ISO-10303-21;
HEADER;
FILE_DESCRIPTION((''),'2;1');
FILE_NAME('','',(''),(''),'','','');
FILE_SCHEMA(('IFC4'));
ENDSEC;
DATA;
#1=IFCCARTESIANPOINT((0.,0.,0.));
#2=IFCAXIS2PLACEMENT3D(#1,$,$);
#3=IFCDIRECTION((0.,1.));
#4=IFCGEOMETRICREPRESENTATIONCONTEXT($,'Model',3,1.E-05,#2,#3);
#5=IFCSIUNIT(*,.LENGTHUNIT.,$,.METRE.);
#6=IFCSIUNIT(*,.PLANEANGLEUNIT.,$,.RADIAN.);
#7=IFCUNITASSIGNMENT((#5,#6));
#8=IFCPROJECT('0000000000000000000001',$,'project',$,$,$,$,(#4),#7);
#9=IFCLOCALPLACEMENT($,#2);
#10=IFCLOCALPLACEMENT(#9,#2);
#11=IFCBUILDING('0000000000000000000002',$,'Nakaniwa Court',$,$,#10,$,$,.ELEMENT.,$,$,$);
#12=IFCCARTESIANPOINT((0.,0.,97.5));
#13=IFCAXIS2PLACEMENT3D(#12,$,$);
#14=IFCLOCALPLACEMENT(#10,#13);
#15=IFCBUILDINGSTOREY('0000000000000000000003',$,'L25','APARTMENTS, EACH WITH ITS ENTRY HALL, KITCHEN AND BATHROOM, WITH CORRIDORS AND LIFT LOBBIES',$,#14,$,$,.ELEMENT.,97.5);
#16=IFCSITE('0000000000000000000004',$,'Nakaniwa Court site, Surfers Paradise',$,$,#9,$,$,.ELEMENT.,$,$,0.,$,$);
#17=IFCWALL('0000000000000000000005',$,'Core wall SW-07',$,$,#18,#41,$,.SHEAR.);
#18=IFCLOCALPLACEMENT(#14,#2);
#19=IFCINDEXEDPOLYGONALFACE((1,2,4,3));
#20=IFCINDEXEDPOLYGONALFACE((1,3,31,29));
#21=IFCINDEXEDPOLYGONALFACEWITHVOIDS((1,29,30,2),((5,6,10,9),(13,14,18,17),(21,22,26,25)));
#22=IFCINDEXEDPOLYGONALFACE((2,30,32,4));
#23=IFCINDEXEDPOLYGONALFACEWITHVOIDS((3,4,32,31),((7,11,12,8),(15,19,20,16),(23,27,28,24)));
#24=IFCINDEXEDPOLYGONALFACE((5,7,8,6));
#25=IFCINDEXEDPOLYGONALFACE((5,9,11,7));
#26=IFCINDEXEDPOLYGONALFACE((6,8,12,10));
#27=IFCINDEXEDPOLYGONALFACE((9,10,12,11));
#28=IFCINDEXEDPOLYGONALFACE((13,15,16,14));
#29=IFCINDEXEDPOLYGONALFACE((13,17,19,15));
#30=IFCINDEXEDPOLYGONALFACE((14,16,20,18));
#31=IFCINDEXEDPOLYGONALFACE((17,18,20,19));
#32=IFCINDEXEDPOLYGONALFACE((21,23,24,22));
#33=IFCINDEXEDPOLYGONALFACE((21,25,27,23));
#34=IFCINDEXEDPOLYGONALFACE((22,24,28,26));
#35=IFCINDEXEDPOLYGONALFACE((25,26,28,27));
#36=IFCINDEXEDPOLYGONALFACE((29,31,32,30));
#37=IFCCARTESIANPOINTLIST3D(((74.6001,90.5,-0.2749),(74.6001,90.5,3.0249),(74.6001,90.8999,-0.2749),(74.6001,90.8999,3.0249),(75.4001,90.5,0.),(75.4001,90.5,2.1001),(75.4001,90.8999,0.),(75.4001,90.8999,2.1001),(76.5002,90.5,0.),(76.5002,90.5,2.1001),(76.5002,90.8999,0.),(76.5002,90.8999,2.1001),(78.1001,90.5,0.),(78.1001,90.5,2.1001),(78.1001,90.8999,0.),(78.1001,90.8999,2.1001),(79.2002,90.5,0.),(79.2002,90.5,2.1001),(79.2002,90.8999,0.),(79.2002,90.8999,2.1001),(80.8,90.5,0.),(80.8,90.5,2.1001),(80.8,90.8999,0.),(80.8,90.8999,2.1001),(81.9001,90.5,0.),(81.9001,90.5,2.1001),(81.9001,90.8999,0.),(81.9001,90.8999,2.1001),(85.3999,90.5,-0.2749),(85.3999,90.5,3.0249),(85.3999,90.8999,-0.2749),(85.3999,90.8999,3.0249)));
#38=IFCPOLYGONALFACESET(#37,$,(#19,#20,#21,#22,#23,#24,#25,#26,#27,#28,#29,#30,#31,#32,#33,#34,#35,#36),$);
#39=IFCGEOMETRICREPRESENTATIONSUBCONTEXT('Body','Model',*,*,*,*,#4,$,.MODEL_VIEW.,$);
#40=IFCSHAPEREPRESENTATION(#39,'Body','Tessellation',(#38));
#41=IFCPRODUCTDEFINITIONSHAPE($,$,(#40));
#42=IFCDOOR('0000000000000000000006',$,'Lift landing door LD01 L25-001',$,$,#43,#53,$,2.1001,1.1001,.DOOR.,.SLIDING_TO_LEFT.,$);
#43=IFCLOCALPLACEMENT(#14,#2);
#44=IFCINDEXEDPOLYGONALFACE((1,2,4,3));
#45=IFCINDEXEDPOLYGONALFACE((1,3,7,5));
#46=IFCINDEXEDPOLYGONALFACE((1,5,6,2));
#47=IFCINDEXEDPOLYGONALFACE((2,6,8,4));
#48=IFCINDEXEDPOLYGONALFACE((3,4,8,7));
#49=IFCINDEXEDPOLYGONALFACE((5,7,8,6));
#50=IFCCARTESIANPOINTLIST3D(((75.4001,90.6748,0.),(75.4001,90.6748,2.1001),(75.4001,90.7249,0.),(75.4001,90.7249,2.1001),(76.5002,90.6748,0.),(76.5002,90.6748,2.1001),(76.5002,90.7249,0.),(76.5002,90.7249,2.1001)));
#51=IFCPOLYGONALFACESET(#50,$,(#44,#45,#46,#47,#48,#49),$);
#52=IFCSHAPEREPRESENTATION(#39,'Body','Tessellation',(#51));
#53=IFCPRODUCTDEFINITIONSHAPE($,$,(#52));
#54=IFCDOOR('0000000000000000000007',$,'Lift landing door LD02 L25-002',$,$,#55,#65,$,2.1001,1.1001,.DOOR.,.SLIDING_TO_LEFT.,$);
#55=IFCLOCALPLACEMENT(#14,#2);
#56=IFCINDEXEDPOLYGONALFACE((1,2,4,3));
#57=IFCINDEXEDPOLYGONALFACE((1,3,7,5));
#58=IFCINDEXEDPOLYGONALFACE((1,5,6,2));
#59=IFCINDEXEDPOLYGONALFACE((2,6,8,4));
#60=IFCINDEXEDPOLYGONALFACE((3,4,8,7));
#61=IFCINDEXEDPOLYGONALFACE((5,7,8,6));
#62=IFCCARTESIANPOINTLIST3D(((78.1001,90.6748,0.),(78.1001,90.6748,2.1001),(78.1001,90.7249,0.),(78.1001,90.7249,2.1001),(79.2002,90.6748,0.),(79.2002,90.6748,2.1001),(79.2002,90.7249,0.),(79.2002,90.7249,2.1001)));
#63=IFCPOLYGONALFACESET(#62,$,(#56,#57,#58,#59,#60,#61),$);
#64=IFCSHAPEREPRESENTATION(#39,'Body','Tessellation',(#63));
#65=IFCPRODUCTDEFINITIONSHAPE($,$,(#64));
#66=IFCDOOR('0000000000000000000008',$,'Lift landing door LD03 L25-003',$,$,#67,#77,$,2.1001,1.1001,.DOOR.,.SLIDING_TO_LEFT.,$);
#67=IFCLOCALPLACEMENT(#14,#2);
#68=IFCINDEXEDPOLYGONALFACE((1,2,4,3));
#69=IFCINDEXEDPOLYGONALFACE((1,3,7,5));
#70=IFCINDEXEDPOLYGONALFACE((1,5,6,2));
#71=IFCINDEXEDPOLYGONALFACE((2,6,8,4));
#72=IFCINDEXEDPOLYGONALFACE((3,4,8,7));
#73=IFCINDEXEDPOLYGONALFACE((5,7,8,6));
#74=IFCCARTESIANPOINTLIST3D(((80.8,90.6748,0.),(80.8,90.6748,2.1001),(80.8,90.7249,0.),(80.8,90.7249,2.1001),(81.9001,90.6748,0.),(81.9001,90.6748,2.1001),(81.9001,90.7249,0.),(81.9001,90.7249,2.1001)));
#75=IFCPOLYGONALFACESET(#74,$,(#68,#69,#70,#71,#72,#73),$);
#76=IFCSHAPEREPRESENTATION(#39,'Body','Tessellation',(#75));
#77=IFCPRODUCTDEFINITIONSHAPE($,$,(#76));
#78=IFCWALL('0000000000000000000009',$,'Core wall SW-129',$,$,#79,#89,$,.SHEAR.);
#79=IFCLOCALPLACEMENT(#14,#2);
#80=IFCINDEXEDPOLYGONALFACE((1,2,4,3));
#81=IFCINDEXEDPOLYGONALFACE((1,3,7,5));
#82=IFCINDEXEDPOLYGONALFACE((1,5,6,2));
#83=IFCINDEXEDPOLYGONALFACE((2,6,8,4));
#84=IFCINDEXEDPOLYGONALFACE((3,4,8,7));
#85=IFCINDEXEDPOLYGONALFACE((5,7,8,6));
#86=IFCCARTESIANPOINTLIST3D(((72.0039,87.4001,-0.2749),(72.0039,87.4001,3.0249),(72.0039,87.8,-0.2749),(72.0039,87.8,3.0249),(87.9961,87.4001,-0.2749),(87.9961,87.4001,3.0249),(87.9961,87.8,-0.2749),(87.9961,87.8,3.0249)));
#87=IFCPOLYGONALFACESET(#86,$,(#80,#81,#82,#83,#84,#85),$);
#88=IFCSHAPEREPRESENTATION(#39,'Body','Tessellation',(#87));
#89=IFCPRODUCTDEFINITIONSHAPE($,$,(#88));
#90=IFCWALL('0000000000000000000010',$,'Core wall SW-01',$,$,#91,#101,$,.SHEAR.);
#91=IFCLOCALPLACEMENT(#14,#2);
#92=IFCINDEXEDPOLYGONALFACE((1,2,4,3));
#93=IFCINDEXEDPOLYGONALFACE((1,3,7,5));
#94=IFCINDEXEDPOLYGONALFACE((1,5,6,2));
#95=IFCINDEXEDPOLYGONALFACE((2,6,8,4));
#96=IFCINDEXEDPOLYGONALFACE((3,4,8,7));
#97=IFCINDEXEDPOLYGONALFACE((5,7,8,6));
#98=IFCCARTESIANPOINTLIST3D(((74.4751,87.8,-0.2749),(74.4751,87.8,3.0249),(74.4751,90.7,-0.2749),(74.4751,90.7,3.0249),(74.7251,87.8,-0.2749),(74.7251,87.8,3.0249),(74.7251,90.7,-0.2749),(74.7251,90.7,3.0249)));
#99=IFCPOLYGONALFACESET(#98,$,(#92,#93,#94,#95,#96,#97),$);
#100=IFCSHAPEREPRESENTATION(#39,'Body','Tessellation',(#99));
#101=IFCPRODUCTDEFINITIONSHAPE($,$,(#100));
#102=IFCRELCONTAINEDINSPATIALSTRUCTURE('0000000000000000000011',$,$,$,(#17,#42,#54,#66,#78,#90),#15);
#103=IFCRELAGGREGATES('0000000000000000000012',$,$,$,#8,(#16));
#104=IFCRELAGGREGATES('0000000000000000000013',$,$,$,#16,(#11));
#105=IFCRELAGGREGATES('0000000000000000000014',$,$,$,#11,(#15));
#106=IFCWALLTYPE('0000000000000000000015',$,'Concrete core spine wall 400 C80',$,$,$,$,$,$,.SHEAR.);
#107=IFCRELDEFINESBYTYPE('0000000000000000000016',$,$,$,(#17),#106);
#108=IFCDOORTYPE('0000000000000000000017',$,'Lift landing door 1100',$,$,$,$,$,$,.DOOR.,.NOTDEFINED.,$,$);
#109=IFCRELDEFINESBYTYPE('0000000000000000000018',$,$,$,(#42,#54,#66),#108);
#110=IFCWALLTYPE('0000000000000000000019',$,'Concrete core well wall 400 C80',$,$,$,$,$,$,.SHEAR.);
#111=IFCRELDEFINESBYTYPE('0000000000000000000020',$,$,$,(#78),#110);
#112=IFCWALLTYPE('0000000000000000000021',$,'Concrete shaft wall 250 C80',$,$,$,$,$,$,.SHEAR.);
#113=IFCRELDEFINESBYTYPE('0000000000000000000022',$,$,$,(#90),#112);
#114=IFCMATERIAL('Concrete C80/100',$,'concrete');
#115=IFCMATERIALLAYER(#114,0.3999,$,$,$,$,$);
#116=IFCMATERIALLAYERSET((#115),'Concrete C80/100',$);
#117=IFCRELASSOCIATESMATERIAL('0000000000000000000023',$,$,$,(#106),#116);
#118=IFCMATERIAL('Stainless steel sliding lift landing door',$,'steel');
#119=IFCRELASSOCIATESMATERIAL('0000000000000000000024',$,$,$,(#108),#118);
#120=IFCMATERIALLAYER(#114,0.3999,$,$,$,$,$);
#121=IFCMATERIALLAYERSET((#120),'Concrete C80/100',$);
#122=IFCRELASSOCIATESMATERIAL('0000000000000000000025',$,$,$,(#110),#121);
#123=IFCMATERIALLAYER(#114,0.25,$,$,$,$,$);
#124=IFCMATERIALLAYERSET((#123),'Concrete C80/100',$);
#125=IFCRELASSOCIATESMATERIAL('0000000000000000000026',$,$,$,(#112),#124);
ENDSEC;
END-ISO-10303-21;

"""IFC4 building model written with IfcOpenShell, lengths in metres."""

from ifc_helpers import new_model, si_unit, direction, frame, frame_2d, origin, place, context, subcontext, project, spatial, rectangle, extrude, material, layer, layer_set, type_object, element, fill, save


model = new_model("IFC4")

# Units and contexts
model_context = context("Model", 3, precision=1e-05, world=origin(), true_north=direction((0.0, 1.0)))
body_context = subcontext(model_context, "Body", "Model", "MODEL_VIEW")
ifc_project = project(units=[si_unit("LENGTHUNIT", "METRE"), si_unit("PLANEANGLEUNIT", "RADIAN")], contexts=[model_context])

# Site, building, storey
site_placement = place(None, origin())
site = spatial("IfcSite", under=ifc_project, at=site_placement, Name="Nakaniwa Court site, Surfers Paradise", CompositionType="ELEMENT", RefElevation=0.0)
building_placement = place(site_placement, origin())
building = spatial("IfcBuilding", under=site, at=building_placement, Name="Nakaniwa Court", CompositionType="ELEMENT")
storey_placement = place(building_placement, frame((0.0, 0.0, 97.5)))
storey = spatial("IfcBuildingStorey", under=building, at=storey_placement, Name="L25", Description="APARTMENTS, EACH WITH ITS ENTRY HALL, KITCHEN AND BATHROOM, WITH CORRIDORS AND LIFT LOBBIES", CompositionType="ELEMENT", Elevation=97.5)

# Shared definitions
ifc_material_1 = material(Name="Concrete C80/100", Category="concrete")

# Wall, openings, doors
ifc_layer_1 = layer(ifc_material_1, 0.3999)
ifc_layer_set_1 = layer_set([ifc_layer_1], Name="Concrete C80/100")
wall_type_1 = type_object("IfcWallType", Name="Concrete core spine wall 400 C80", PredefinedType="SHEAR", material=ifc_layer_set_1)
wall_1_placement = place(storey_placement, frame((74.6001, 90.7, -0.2749), z_axis=(0.0, 0.0, 1.0), x_axis=(1.0, 0.0, 0.0)))
wall_1 = element("IfcWall", 1, at=wall_1_placement, inside=storey, type_object=wall_type_1, Name="Core wall SW-07", PredefinedType="SHEAR", context=body_context, shape_type="SweptSolid", body=[
    extrude(rectangle(XDim=10.7998, YDim=0.3999, at=frame_2d((5.3999, 0.0))), origin(), (0.0, 0.0, 1.0), 3.2998),
])
opening_1_placement = place(wall_1_placement, frame((0.8, 0.0, 0.2749)))
opening_1 = element("IfcOpeningElement", 2, at=opening_1_placement, cuts=wall_1, PredefinedType="OPENING", context=body_context, shape_type="SweptSolid", body=[
    extrude(rectangle(XDim=1.1001, YDim=2.1001, at=frame_2d((0.55, 1.05))), frame((0.0, 0.21, 0.0), z_axis=(0.0, -1.0, 0.0), x_axis=(1.0, 0.0, 0.0)), (0.0, 0.0, 1.0), 0.4199),
])
opening_2_placement = place(wall_1_placement, frame((3.5, 0.0, 0.2749)))
opening_2 = element("IfcOpeningElement", 3, at=opening_2_placement, cuts=wall_1, PredefinedType="OPENING", context=body_context, shape_type="SweptSolid", body=[
    extrude(rectangle(XDim=1.1001, YDim=2.1001, at=frame_2d((0.55, 1.05))), frame((0.0, 0.21, 0.0), z_axis=(0.0, -1.0, 0.0), x_axis=(1.0, 0.0, 0.0)), (0.0, 0.0, 1.0), 0.4199),
])
opening_3_placement = place(wall_1_placement, frame((6.2, 0.0, 0.2749)))
opening_3 = element("IfcOpeningElement", 4, at=opening_3_placement, cuts=wall_1, PredefinedType="OPENING", context=body_context, shape_type="SweptSolid", body=[
    extrude(rectangle(XDim=1.1001, YDim=2.1001, at=frame_2d((0.55, 1.05))), frame((0.0, 0.21, 0.0), z_axis=(0.0, -1.0, 0.0), x_axis=(1.0, 0.0, 0.0)), (0.0, 0.0, 1.0), 0.4199),
])
ifc_material_2 = material(Name="Stainless steel sliding lift landing door", Category="steel")
door_type_1 = type_object("IfcDoorType", Name="Lift landing door 1100", OperationType="NOTDEFINED", PredefinedType="DOOR", material=ifc_material_2)
door_1_placement = place(opening_1_placement, origin())
door_1 = element("IfcDoor", 5, at=door_1_placement, inside=storey, type_object=door_type_1, Name="Lift landing door LD01 L25-001", OperationType="SLIDING_TO_LEFT", OverallHeight=2.1001, OverallWidth=1.1001, PredefinedType="DOOR", context=body_context, shape_type="SweptSolid", body=[
    extrude(rectangle(XDim=1.1001, YDim=2.1001, at=frame_2d((0.55, 1.05))), frame((0.0, 0.0249, 0.0), z_axis=(0.0, -1.0, 0.0), x_axis=(1.0, 0.0, 0.0)), (0.0, 0.0, 1.0), 0.05),
])
fill(opening_1, door_1)
door_2_placement = place(opening_2_placement, origin())
door_2 = element("IfcDoor", 6, at=door_2_placement, inside=storey, type_object=door_type_1, Name="Lift landing door LD02 L25-002", OperationType="SLIDING_TO_LEFT", OverallHeight=2.1001, OverallWidth=1.1001, PredefinedType="DOOR", context=body_context, shape_type="SweptSolid", body=[
    extrude(rectangle(XDim=1.1001, YDim=2.1001, at=frame_2d((0.55, 1.05))), frame((0.0, 0.0249, 0.0), z_axis=(0.0, -1.0, 0.0), x_axis=(1.0, 0.0, 0.0)), (0.0, 0.0, 1.0), 0.05),
])
fill(opening_2, door_2)
door_3_placement = place(opening_3_placement, origin())
door_3 = element("IfcDoor", 7, at=door_3_placement, inside=storey, type_object=door_type_1, Name="Lift landing door LD03 L25-003", OperationType="SLIDING_TO_LEFT", OverallHeight=2.1001, OverallWidth=1.1001, PredefinedType="DOOR", context=body_context, shape_type="SweptSolid", body=[
    extrude(rectangle(XDim=1.1001, YDim=2.1001, at=frame_2d((0.55, 1.05))), frame((0.0, 0.0249, 0.0), z_axis=(0.0, -1.0, 0.0), x_axis=(1.0, 0.0, 0.0)), (0.0, 0.0, 1.0), 0.05),
])
fill(opening_3, door_3)

# Walls
ifc_layer_2 = layer(ifc_material_1, 0.3999)
ifc_layer_set_2 = layer_set([ifc_layer_2], Name="Concrete C80/100")
wall_type_2 = type_object("IfcWallType", Name="Concrete core well wall 400 C80", PredefinedType="SHEAR", material=ifc_layer_set_2)
wall_2_placement = place(storey_placement, frame((72.0039, 87.6001, -0.2749), z_axis=(0.0, 0.0, 1.0), x_axis=(1.0, 0.0, 0.0)))
element("IfcWall", 8, at=wall_2_placement, inside=storey, type_object=wall_type_2, Name="Core wall SW-129", PredefinedType="SHEAR", context=body_context, shape_type="SweptSolid", body=[
    extrude(rectangle(XDim=15.9922, YDim=0.3999, at=frame_2d((7.9961, 0.0))), origin(), (0.0, 0.0, 1.0), 3.2998),
])
ifc_layer_3 = layer(ifc_material_1, 0.25)
ifc_layer_set_3 = layer_set([ifc_layer_3], Name="Concrete C80/100")
wall_type_3 = type_object("IfcWallType", Name="Concrete shaft wall 250 C80", PredefinedType="SHEAR", material=ifc_layer_set_3)
wall_3_placement = place(storey_placement, frame((74.6001, 87.8, -0.2749), z_axis=(0.0, 0.0, 1.0), x_axis=(0.0, 1.0, 0.0)))
element("IfcWall", 9, at=wall_3_placement, inside=storey, type_object=wall_type_3, Name="Core wall SW-01", PredefinedType="SHEAR", context=body_context, shape_type="SweptSolid", body=[
    extrude(rectangle(XDim=2.8999, YDim=0.25, at=frame_2d((1.45, 0.0))), origin(), (0.0, 0.0, 1.0), 3.2998),
])

save(model, "model.ifc")
